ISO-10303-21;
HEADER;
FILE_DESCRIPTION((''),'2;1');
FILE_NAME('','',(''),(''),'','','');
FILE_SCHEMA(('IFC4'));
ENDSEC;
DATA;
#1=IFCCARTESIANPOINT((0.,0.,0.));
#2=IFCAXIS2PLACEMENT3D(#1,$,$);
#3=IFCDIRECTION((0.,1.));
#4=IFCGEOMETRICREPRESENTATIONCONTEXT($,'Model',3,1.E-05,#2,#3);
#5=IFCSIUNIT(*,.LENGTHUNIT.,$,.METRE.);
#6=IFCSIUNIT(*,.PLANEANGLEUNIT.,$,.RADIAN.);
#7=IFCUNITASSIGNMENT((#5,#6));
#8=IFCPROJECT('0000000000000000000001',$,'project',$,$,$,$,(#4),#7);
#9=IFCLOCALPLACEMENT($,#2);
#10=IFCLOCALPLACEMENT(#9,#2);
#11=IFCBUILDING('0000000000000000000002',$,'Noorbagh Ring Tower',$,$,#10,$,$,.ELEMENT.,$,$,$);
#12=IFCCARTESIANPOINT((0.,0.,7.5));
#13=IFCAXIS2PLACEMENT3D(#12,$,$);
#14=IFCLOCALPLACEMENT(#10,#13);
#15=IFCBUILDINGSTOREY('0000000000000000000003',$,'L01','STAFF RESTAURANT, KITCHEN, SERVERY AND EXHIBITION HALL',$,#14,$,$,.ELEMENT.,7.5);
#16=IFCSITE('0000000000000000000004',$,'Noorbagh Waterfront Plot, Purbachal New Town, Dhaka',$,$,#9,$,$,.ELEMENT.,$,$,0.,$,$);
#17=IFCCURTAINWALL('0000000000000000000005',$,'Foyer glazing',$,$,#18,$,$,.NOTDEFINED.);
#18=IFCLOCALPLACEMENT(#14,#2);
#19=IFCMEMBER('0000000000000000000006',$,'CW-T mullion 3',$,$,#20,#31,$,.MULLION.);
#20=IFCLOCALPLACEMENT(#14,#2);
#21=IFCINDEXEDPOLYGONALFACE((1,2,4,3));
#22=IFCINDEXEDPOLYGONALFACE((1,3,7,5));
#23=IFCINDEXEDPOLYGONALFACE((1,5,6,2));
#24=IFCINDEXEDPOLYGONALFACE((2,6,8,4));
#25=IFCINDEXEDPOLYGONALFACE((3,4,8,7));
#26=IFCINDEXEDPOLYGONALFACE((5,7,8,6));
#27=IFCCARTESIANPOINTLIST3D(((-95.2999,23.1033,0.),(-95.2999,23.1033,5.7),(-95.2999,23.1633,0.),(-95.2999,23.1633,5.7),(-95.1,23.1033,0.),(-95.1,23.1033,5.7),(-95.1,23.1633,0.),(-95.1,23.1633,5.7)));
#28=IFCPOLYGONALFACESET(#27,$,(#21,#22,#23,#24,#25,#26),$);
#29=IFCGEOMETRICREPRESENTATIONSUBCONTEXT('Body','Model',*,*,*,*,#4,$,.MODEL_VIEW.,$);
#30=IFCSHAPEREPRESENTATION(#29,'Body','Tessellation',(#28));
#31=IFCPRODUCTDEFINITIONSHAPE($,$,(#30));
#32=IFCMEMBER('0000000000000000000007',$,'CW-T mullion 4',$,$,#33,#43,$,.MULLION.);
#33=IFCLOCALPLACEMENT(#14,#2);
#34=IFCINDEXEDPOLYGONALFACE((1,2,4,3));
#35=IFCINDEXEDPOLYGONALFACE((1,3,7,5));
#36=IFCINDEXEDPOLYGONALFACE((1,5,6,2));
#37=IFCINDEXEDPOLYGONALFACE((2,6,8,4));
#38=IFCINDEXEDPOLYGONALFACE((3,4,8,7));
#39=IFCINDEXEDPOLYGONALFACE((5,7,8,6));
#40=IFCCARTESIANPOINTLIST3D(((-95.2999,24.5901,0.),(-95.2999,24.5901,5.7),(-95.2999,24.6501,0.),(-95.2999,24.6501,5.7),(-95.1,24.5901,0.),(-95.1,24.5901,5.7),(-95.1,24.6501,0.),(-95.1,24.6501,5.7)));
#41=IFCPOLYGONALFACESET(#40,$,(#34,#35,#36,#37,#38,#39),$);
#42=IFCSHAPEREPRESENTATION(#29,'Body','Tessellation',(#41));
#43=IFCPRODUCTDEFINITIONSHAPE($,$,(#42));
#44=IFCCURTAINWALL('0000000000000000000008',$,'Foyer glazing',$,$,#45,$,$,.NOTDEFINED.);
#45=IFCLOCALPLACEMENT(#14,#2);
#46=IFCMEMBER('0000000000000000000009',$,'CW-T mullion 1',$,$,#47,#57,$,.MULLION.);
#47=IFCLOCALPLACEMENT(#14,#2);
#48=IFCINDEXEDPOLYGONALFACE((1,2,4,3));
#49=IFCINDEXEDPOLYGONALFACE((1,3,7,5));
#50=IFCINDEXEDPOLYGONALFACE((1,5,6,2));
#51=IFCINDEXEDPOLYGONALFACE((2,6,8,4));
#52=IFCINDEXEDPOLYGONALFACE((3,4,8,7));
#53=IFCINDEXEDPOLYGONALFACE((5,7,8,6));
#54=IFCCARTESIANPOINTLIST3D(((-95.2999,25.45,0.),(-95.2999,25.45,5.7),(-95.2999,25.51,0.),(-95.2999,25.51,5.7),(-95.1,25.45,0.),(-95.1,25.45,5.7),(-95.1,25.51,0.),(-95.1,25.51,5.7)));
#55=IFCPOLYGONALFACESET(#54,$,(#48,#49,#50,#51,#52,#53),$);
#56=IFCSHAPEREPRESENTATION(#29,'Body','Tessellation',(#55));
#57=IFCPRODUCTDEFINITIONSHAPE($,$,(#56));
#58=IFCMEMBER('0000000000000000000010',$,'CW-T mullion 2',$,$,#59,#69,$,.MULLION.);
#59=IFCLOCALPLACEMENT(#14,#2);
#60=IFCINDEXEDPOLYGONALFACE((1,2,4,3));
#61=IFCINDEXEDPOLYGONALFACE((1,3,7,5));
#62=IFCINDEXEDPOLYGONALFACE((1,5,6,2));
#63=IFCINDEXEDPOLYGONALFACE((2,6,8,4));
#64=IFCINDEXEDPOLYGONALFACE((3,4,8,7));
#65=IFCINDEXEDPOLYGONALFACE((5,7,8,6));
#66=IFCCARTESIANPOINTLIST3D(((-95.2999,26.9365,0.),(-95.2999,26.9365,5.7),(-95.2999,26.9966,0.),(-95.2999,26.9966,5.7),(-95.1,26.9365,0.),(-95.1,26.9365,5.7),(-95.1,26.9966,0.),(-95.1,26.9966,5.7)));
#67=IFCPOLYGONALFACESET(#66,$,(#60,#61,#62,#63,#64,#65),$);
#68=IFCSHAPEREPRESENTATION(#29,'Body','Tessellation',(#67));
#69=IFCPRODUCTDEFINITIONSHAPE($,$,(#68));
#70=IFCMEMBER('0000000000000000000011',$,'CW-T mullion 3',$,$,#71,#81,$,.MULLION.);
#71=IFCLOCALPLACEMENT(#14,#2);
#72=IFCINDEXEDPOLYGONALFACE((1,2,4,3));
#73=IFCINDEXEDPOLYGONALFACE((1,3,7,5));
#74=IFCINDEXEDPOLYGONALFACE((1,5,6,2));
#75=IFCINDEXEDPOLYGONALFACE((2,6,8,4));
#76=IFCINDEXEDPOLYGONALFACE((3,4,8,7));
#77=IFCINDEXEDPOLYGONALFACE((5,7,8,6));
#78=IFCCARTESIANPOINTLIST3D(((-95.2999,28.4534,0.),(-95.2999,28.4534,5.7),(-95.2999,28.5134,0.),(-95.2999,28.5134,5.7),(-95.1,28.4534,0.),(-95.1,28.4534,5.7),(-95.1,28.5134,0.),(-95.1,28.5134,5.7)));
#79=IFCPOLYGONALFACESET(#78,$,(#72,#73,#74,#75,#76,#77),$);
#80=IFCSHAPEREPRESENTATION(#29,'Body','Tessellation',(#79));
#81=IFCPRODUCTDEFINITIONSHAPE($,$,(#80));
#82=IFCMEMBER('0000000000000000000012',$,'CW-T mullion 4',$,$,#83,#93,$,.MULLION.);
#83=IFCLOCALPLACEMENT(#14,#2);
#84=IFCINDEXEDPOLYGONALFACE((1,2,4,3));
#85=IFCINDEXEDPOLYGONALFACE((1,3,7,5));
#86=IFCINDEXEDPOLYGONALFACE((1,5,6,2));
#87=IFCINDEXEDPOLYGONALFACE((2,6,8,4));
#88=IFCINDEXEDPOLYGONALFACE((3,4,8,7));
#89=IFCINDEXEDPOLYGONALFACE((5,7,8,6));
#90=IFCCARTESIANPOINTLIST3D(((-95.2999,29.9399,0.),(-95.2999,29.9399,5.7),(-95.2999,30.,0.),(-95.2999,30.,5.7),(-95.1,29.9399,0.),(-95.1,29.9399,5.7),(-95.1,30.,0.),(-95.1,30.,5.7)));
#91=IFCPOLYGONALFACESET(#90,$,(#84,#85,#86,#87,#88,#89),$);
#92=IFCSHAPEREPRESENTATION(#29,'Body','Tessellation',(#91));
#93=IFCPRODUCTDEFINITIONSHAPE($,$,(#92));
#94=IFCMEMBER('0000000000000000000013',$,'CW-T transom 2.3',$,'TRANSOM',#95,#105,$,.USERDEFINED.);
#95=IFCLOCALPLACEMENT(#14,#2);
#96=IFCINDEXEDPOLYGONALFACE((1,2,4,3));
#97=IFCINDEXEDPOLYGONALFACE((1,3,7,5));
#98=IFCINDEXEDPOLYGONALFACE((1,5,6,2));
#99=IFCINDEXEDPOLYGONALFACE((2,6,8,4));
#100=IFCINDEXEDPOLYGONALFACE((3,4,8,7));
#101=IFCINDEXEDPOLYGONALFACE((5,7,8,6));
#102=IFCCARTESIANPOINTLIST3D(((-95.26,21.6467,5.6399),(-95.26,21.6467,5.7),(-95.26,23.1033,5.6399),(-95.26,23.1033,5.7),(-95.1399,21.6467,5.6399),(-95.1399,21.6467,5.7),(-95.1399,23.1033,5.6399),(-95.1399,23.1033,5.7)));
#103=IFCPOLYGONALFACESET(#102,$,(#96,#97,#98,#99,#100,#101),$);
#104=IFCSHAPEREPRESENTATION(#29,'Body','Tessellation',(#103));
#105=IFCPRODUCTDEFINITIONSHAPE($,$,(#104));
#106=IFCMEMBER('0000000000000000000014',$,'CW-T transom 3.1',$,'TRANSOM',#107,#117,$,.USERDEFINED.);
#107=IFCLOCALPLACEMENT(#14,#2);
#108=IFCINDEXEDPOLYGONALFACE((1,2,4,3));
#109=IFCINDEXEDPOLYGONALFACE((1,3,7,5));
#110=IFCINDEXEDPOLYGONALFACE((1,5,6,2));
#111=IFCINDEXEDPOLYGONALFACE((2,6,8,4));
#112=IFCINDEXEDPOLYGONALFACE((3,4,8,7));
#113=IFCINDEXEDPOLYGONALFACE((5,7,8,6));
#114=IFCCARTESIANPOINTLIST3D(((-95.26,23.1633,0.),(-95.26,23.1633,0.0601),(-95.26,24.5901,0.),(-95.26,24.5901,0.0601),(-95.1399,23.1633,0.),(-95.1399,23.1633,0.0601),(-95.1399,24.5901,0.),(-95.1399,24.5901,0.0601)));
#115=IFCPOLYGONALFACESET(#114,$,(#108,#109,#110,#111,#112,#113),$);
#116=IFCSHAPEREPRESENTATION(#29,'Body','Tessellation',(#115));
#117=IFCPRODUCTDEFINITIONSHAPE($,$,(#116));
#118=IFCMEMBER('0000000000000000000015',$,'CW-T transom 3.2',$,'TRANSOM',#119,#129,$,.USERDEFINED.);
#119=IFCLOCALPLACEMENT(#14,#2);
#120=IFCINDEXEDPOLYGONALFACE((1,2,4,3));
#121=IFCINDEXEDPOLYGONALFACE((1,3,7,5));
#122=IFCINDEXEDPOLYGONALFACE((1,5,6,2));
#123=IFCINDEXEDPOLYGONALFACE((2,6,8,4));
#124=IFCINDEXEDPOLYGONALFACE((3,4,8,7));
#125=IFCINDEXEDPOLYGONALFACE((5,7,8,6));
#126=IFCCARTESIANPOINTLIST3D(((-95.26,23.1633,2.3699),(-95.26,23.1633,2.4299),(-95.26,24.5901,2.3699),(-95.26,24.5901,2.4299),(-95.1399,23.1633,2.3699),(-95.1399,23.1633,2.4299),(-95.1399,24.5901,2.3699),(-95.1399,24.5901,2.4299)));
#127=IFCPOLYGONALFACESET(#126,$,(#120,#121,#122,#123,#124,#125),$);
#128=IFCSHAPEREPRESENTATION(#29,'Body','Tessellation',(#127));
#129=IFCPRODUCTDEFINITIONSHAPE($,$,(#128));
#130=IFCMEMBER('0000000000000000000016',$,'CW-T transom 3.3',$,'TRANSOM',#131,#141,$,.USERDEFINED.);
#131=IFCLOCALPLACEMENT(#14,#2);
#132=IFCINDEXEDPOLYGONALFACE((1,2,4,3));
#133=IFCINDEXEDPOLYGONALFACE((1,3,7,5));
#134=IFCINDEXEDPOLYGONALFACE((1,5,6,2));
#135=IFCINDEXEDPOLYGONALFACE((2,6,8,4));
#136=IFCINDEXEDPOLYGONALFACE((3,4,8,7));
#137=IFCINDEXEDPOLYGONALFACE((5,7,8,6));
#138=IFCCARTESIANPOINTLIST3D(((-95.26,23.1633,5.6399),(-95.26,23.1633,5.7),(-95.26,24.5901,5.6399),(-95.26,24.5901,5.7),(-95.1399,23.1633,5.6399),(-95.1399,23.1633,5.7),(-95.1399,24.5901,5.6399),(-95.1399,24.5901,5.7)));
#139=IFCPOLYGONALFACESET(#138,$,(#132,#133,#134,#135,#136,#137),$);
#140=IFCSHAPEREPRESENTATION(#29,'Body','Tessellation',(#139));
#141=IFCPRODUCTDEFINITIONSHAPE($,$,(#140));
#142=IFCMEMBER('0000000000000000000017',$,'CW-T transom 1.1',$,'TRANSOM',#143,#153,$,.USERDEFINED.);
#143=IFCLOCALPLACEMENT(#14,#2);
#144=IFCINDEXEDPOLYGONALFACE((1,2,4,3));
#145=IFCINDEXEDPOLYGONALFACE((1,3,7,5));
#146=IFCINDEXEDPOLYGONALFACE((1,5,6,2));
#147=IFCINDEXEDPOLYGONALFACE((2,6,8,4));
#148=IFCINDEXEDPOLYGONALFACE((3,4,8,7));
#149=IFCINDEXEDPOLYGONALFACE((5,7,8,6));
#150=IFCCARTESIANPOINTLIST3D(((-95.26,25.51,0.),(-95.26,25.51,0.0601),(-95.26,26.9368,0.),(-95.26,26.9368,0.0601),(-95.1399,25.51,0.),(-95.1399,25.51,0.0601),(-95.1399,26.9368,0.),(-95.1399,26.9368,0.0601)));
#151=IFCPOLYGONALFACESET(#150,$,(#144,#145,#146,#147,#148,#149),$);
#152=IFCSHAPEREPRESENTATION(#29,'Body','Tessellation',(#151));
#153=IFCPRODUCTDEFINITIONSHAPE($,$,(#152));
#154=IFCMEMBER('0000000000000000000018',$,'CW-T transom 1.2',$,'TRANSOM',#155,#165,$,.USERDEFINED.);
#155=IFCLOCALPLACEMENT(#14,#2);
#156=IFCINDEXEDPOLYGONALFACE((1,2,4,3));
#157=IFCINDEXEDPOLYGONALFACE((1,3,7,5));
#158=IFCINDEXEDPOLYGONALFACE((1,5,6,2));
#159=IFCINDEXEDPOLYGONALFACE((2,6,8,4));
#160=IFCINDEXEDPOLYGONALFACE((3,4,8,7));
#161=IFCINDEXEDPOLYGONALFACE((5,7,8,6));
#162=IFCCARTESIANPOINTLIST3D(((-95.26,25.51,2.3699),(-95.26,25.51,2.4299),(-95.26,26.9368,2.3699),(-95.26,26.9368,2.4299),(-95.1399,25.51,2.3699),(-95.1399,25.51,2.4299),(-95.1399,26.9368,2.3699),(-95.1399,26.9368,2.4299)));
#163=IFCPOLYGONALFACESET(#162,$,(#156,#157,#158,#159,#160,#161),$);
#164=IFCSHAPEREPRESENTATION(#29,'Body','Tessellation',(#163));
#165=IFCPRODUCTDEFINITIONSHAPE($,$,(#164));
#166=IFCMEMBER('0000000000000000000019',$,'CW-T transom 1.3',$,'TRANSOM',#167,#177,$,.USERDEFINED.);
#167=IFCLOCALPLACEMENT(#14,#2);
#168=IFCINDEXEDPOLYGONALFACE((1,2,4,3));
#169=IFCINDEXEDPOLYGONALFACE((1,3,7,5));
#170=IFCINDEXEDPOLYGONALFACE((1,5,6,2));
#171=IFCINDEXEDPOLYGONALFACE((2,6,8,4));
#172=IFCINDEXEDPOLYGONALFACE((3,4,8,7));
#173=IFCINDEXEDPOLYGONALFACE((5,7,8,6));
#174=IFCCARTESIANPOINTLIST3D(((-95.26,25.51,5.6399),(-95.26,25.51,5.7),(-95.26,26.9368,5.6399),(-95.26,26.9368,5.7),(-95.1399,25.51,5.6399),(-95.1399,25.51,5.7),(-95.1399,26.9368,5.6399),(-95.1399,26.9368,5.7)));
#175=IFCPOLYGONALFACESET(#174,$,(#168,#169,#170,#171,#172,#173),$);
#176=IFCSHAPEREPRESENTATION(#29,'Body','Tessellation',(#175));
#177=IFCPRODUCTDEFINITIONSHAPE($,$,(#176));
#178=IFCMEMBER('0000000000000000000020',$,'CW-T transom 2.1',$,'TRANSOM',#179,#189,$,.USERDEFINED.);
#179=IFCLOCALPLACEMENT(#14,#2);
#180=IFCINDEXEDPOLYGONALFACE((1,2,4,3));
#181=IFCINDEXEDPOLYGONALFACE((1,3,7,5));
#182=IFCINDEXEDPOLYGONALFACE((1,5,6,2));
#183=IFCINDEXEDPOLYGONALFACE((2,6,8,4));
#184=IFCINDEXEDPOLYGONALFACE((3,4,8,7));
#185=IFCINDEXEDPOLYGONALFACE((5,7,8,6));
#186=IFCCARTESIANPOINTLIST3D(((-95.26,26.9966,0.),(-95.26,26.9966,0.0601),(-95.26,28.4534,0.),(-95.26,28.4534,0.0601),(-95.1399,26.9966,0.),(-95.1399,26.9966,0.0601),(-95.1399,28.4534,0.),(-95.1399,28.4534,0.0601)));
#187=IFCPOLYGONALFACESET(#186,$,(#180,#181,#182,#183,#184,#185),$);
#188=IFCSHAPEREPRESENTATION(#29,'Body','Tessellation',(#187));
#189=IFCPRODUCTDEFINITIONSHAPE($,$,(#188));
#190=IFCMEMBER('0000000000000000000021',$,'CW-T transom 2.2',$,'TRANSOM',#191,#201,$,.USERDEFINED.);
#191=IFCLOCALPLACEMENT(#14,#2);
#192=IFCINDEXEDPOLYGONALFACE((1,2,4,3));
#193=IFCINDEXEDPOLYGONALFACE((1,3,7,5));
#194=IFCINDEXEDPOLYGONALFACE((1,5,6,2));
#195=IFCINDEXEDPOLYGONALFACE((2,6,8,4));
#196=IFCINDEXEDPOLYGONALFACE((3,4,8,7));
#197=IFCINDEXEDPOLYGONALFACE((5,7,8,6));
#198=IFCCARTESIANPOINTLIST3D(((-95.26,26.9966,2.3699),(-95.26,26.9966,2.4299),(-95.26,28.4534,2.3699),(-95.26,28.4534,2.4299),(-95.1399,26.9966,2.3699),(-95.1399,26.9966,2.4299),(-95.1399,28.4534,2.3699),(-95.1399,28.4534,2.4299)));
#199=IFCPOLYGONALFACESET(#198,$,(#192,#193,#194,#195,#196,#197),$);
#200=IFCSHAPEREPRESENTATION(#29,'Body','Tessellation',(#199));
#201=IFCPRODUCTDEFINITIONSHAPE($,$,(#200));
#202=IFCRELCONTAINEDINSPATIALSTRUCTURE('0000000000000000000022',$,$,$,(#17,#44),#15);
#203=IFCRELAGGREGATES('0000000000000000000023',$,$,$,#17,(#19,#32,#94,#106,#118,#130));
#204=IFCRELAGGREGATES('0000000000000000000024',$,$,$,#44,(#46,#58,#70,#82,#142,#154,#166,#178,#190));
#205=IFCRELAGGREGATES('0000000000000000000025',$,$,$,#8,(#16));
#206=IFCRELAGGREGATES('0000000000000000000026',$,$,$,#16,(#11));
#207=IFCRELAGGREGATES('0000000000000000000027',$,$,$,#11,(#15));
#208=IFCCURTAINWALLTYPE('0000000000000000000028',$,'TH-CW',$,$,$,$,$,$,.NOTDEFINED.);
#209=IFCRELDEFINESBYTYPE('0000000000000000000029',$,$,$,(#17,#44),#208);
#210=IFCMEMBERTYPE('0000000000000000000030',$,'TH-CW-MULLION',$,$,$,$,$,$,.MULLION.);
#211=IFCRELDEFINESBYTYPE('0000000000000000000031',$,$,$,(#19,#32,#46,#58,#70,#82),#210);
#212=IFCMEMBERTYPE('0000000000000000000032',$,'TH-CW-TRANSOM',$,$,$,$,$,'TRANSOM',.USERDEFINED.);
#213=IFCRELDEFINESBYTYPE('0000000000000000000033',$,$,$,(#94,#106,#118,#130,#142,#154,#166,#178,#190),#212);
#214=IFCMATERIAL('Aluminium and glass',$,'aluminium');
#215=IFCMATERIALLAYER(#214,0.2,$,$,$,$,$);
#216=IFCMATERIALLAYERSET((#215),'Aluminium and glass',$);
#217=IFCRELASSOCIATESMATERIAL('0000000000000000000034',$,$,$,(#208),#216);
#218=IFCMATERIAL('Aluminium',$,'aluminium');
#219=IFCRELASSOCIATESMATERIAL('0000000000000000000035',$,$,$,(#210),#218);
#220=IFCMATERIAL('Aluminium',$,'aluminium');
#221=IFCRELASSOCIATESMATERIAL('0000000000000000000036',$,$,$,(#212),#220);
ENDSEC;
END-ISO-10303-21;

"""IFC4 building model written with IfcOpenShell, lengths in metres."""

from ifc_helpers import new_model, si_unit, direction, frame, origin, origin_2d, place, context, subcontext, project, spatial, rectangle, extrude, material, layer, layer_set, material_profile, profile_set, type_object, element, aggregate, save


model = new_model("IFC4")

# Units and contexts
model_context = context("Model", 3, precision=1e-05, world=origin(), true_north=direction((0.0, 1.0)))
body_context = subcontext(model_context, "Body", "Model", "MODEL_VIEW")
ifc_project = project(units=[si_unit("LENGTHUNIT", "METRE"), si_unit("PLANEANGLEUNIT", "RADIAN")], contexts=[model_context])

# Site, building, storey
site_placement = place(None, origin())
site = spatial("IfcSite", under=ifc_project, at=site_placement, Name="Noorbagh Waterfront Plot, Purbachal New Town, Dhaka", CompositionType="ELEMENT", RefElevation=0.0)
building_placement = place(site_placement, origin())
building = spatial("IfcBuilding", under=site, at=building_placement, Name="Noorbagh Ring Tower", CompositionType="ELEMENT")
storey_placement = place(building_placement, frame((0.0, 0.0, 7.5)))
storey = spatial("IfcBuildingStorey", under=building, at=storey_placement, Name="L01", Description="STAFF RESTAURANT, KITCHEN, SERVERY AND EXHIBITION HALL", CompositionType="ELEMENT", Elevation=7.5)

# Curtain walls, members
ifc_material_1 = material(Name="Aluminium and glass", Category="aluminium")
ifc_layer_1 = layer(ifc_material_1, 0.2)
ifc_layer_set_1 = layer_set([ifc_layer_1], Name="Aluminium and glass")
curtain_wall_type = type_object("IfcCurtainWallType", Name="TH-CW", PredefinedType="NOTDEFINED", material=ifc_layer_set_1)
curtain_wall_1_placement = place(storey_placement, origin())
curtain_wall_1 = element("IfcCurtainWall", 1, at=curtain_wall_1_placement, inside=storey, type_object=curtain_wall_type, Name="Foyer glazing", PredefinedType="NOTDEFINED")
ifc_material_2 = material(Name="Aluminium", Category="aluminium")
ifc_material_profile_1 = material_profile(ifc_material_2, rectangle(XDim=0.2, YDim=0.0601, at=origin_2d()), Name="AL 200x60")
ifc_profile_set_1 = profile_set([ifc_material_profile_1], Name="Aluminium")
member_type_1 = type_object("IfcMemberType", Name="TH-CW-MULLION", PredefinedType="MULLION", material=ifc_profile_set_1)
member_1_placement = place(storey_placement, frame((-95.2, 23.1333, 0.0), z_axis=(0.0, 0.0, 1.0), x_axis=(-1.0, 0.0, 0.0)))
member_1 = element("IfcMember", 2, at=member_1_placement, type_object=member_type_1, Name="CW-T mullion 3", PredefinedType="MULLION", context=body_context, shape_type="SweptSolid", body=[
    extrude(rectangle(XDim=0.2, YDim=0.0601, at=origin_2d()), origin(), (0.0, 0.0, 1.0), 5.7),
])
member_2_placement = place(storey_placement, frame((-95.2, 24.6201, 0.0), z_axis=(0.0, 0.0, 1.0), x_axis=(-1.0, 0.0, 0.0)))
member_2 = element("IfcMember", 3, at=member_2_placement, type_object=member_type_1, Name="CW-T mullion 4", PredefinedType="MULLION", context=body_context, shape_type="SweptSolid", body=[
    extrude(rectangle(XDim=0.2, YDim=0.0601, at=origin_2d()), origin(), (0.0, 0.0, 1.0), 5.7),
])
curtain_wall_2_placement = place(storey_placement, origin())
curtain_wall_2 = element("IfcCurtainWall", 4, at=curtain_wall_2_placement, inside=storey, type_object=curtain_wall_type, Name="Foyer glazing", PredefinedType="NOTDEFINED")
member_3_placement = place(storey_placement, frame((-95.2, 25.48, 0.0), z_axis=(0.0, 0.0, 1.0), x_axis=(-1.0, 0.0, 0.0)))
member_3 = element("IfcMember", 5, at=member_3_placement, type_object=member_type_1, Name="CW-T mullion 1", PredefinedType="MULLION", context=body_context, shape_type="SweptSolid", body=[
    extrude(rectangle(XDim=0.2, YDim=0.0601, at=origin_2d()), origin(), (0.0, 0.0, 1.0), 5.7),
])
member_4_placement = place(storey_placement, frame((-95.2, 26.9666, 0.0), z_axis=(0.0, 0.0, 1.0), x_axis=(-1.0, 0.0, 0.0)))
member_4 = element("IfcMember", 6, at=member_4_placement, type_object=member_type_1, Name="CW-T mullion 2", PredefinedType="MULLION", context=body_context, shape_type="SweptSolid", body=[
    extrude(rectangle(XDim=0.2, YDim=0.0601, at=origin_2d()), origin(), (0.0, 0.0, 1.0), 5.7),
])
member_5_placement = place(storey_placement, frame((-95.2, 28.4834, 0.0), z_axis=(0.0, 0.0, 1.0), x_axis=(-1.0, 0.0, 0.0)))
member_5 = element("IfcMember", 7, at=member_5_placement, type_object=member_type_1, Name="CW-T mullion 3", PredefinedType="MULLION", context=body_context, shape_type="SweptSolid", body=[
    extrude(rectangle(XDim=0.2, YDim=0.0601, at=origin_2d()), origin(), (0.0, 0.0, 1.0), 5.7),
])
member_6_placement = place(storey_placement, frame((-95.2, 29.97, 0.0), z_axis=(0.0, 0.0, 1.0), x_axis=(-1.0, 0.0, 0.0)))
member_6 = element("IfcMember", 8, at=member_6_placement, type_object=member_type_1, Name="CW-T mullion 4", PredefinedType="MULLION", context=body_context, shape_type="SweptSolid", body=[
    extrude(rectangle(XDim=0.2, YDim=0.0601, at=origin_2d()), origin(), (0.0, 0.0, 1.0), 5.7),
])

# Members
ifc_material_3 = material(Name="Aluminium", Category="aluminium")
ifc_material_profile_2 = material_profile(ifc_material_3, rectangle(XDim=0.1201, YDim=0.0601, at=origin_2d()), Name="AL 120x60")
ifc_profile_set_2 = profile_set([ifc_material_profile_2], Name="Aluminium")
member_type_2 = type_object("IfcMemberType", Name="TH-CW-TRANSOM", ElementType="TRANSOM", PredefinedType="USERDEFINED", material=ifc_profile_set_2)
member_7_placement = place(storey_placement, frame((-95.2, 21.6467, 5.6699), z_axis=(0.0, 1.0, 0.0), x_axis=(-1.0, 0.0, 0.0)))
member_7 = element("IfcMember", 9, at=member_7_placement, type_object=member_type_2, Name="CW-T transom 2.3", ObjectType="TRANSOM", PredefinedType="USERDEFINED", context=body_context, shape_type="SweptSolid", body=[
    extrude(rectangle(XDim=0.1201, YDim=0.0601, at=origin_2d()), origin(), (0.0, 0.0, 1.0), 1.4565),
])
member_8_placement = place(storey_placement, frame((-95.2, 23.1633, 0.03), z_axis=(0.0, 1.0, 0.0), x_axis=(-1.0, 0.0, 0.0)))
member_8 = element("IfcMember", 10, at=member_8_placement, type_object=member_type_2, Name="CW-T transom 3.1", ObjectType="TRANSOM", PredefinedType="USERDEFINED", context=body_context, shape_type="SweptSolid", body=[
    extrude(rectangle(XDim=0.1201, YDim=0.0601, at=origin_2d()), origin(), (0.0, 0.0, 1.0), 1.4268),
])
member_9_placement = place(storey_placement, frame((-95.2, 23.1633, 2.3999), z_axis=(0.0, 1.0, 0.0), x_axis=(-1.0, 0.0, 0.0)))
member_9 = element("IfcMember", 11, at=member_9_placement, type_object=member_type_2, Name="CW-T transom 3.2", ObjectType="TRANSOM", PredefinedType="USERDEFINED", context=body_context, shape_type="SweptSolid", body=[
    extrude(rectangle(XDim=0.1201, YDim=0.0601, at=origin_2d()), origin(), (0.0, 0.0, 1.0), 1.4268),
])
member_10_placement = place(storey_placement, frame((-95.2, 23.1633, 5.6699), z_axis=(0.0, 1.0, 0.0), x_axis=(-1.0, 0.0, 0.0)))
member_10 = element("IfcMember", 12, at=member_10_placement, type_object=member_type_2, Name="CW-T transom 3.3", ObjectType="TRANSOM", PredefinedType="USERDEFINED", context=body_context, shape_type="SweptSolid", body=[
    extrude(rectangle(XDim=0.1201, YDim=0.0601, at=origin_2d()), origin(), (0.0, 0.0, 1.0), 1.4268),
])
member_11_placement = place(storey_placement, frame((-95.2, 25.51, 0.03), z_axis=(0.0, 1.0, 0.0), x_axis=(-1.0, 0.0, 0.0)))
member_11 = element("IfcMember", 13, at=member_11_placement, type_object=member_type_2, Name="CW-T transom 1.1", ObjectType="TRANSOM", PredefinedType="USERDEFINED", context=body_context, shape_type="SweptSolid", body=[
    extrude(rectangle(XDim=0.1201, YDim=0.0601, at=origin_2d()), origin(), (0.0, 0.0, 1.0), 1.4268),
])
member_12_placement = place(storey_placement, frame((-95.2, 25.51, 2.3999), z_axis=(0.0, 1.0, 0.0), x_axis=(-1.0, 0.0, 0.0)))
member_12 = element("IfcMember", 14, at=member_12_placement, type_object=member_type_2, Name="CW-T transom 1.2", ObjectType="TRANSOM", PredefinedType="USERDEFINED", context=body_context, shape_type="SweptSolid", body=[
    extrude(rectangle(XDim=0.1201, YDim=0.0601, at=origin_2d()), origin(), (0.0, 0.0, 1.0), 1.4268),
])
member_13_placement = place(storey_placement, frame((-95.2, 25.51, 5.6699), z_axis=(0.0, 1.0, 0.0), x_axis=(-1.0, 0.0, 0.0)))
member_13 = element("IfcMember", 15, at=member_13_placement, type_object=member_type_2, Name="CW-T transom 1.3", ObjectType="TRANSOM", PredefinedType="USERDEFINED", context=body_context, shape_type="SweptSolid", body=[
    extrude(rectangle(XDim=0.1201, YDim=0.0601, at=origin_2d()), origin(), (0.0, 0.0, 1.0), 1.4268),
])
member_14_placement = place(storey_placement, frame((-95.2, 26.9966, 0.03), z_axis=(0.0, 1.0, 0.0), x_axis=(-1.0, 0.0, 0.0)))
member_14 = element("IfcMember", 16, at=member_14_placement, type_object=member_type_2, Name="CW-T transom 2.1", ObjectType="TRANSOM", PredefinedType="USERDEFINED", context=body_context, shape_type="SweptSolid", body=[
    extrude(rectangle(XDim=0.1201, YDim=0.0601, at=origin_2d()), origin(), (0.0, 0.0, 1.0), 1.4568),
])
member_15_placement = place(storey_placement, frame((-95.2, 26.9966, 2.3999), z_axis=(0.0, 1.0, 0.0), x_axis=(-1.0, 0.0, 0.0)))
member_15 = element("IfcMember", 17, at=member_15_placement, type_object=member_type_2, Name="CW-T transom 2.2", ObjectType="TRANSOM", PredefinedType="USERDEFINED", context=body_context, shape_type="SweptSolid", body=[
    extrude(rectangle(XDim=0.1201, YDim=0.0601, at=origin_2d()), origin(), (0.0, 0.0, 1.0), 1.4568),
])

aggregate(curtain_wall_1, [member_1, member_2, member_7, member_8, member_9, member_10])
aggregate(curtain_wall_2, [member_3, member_4, member_5, member_6, member_11, member_12, member_13, member_14, member_15])

save(model, "model.ifc")
